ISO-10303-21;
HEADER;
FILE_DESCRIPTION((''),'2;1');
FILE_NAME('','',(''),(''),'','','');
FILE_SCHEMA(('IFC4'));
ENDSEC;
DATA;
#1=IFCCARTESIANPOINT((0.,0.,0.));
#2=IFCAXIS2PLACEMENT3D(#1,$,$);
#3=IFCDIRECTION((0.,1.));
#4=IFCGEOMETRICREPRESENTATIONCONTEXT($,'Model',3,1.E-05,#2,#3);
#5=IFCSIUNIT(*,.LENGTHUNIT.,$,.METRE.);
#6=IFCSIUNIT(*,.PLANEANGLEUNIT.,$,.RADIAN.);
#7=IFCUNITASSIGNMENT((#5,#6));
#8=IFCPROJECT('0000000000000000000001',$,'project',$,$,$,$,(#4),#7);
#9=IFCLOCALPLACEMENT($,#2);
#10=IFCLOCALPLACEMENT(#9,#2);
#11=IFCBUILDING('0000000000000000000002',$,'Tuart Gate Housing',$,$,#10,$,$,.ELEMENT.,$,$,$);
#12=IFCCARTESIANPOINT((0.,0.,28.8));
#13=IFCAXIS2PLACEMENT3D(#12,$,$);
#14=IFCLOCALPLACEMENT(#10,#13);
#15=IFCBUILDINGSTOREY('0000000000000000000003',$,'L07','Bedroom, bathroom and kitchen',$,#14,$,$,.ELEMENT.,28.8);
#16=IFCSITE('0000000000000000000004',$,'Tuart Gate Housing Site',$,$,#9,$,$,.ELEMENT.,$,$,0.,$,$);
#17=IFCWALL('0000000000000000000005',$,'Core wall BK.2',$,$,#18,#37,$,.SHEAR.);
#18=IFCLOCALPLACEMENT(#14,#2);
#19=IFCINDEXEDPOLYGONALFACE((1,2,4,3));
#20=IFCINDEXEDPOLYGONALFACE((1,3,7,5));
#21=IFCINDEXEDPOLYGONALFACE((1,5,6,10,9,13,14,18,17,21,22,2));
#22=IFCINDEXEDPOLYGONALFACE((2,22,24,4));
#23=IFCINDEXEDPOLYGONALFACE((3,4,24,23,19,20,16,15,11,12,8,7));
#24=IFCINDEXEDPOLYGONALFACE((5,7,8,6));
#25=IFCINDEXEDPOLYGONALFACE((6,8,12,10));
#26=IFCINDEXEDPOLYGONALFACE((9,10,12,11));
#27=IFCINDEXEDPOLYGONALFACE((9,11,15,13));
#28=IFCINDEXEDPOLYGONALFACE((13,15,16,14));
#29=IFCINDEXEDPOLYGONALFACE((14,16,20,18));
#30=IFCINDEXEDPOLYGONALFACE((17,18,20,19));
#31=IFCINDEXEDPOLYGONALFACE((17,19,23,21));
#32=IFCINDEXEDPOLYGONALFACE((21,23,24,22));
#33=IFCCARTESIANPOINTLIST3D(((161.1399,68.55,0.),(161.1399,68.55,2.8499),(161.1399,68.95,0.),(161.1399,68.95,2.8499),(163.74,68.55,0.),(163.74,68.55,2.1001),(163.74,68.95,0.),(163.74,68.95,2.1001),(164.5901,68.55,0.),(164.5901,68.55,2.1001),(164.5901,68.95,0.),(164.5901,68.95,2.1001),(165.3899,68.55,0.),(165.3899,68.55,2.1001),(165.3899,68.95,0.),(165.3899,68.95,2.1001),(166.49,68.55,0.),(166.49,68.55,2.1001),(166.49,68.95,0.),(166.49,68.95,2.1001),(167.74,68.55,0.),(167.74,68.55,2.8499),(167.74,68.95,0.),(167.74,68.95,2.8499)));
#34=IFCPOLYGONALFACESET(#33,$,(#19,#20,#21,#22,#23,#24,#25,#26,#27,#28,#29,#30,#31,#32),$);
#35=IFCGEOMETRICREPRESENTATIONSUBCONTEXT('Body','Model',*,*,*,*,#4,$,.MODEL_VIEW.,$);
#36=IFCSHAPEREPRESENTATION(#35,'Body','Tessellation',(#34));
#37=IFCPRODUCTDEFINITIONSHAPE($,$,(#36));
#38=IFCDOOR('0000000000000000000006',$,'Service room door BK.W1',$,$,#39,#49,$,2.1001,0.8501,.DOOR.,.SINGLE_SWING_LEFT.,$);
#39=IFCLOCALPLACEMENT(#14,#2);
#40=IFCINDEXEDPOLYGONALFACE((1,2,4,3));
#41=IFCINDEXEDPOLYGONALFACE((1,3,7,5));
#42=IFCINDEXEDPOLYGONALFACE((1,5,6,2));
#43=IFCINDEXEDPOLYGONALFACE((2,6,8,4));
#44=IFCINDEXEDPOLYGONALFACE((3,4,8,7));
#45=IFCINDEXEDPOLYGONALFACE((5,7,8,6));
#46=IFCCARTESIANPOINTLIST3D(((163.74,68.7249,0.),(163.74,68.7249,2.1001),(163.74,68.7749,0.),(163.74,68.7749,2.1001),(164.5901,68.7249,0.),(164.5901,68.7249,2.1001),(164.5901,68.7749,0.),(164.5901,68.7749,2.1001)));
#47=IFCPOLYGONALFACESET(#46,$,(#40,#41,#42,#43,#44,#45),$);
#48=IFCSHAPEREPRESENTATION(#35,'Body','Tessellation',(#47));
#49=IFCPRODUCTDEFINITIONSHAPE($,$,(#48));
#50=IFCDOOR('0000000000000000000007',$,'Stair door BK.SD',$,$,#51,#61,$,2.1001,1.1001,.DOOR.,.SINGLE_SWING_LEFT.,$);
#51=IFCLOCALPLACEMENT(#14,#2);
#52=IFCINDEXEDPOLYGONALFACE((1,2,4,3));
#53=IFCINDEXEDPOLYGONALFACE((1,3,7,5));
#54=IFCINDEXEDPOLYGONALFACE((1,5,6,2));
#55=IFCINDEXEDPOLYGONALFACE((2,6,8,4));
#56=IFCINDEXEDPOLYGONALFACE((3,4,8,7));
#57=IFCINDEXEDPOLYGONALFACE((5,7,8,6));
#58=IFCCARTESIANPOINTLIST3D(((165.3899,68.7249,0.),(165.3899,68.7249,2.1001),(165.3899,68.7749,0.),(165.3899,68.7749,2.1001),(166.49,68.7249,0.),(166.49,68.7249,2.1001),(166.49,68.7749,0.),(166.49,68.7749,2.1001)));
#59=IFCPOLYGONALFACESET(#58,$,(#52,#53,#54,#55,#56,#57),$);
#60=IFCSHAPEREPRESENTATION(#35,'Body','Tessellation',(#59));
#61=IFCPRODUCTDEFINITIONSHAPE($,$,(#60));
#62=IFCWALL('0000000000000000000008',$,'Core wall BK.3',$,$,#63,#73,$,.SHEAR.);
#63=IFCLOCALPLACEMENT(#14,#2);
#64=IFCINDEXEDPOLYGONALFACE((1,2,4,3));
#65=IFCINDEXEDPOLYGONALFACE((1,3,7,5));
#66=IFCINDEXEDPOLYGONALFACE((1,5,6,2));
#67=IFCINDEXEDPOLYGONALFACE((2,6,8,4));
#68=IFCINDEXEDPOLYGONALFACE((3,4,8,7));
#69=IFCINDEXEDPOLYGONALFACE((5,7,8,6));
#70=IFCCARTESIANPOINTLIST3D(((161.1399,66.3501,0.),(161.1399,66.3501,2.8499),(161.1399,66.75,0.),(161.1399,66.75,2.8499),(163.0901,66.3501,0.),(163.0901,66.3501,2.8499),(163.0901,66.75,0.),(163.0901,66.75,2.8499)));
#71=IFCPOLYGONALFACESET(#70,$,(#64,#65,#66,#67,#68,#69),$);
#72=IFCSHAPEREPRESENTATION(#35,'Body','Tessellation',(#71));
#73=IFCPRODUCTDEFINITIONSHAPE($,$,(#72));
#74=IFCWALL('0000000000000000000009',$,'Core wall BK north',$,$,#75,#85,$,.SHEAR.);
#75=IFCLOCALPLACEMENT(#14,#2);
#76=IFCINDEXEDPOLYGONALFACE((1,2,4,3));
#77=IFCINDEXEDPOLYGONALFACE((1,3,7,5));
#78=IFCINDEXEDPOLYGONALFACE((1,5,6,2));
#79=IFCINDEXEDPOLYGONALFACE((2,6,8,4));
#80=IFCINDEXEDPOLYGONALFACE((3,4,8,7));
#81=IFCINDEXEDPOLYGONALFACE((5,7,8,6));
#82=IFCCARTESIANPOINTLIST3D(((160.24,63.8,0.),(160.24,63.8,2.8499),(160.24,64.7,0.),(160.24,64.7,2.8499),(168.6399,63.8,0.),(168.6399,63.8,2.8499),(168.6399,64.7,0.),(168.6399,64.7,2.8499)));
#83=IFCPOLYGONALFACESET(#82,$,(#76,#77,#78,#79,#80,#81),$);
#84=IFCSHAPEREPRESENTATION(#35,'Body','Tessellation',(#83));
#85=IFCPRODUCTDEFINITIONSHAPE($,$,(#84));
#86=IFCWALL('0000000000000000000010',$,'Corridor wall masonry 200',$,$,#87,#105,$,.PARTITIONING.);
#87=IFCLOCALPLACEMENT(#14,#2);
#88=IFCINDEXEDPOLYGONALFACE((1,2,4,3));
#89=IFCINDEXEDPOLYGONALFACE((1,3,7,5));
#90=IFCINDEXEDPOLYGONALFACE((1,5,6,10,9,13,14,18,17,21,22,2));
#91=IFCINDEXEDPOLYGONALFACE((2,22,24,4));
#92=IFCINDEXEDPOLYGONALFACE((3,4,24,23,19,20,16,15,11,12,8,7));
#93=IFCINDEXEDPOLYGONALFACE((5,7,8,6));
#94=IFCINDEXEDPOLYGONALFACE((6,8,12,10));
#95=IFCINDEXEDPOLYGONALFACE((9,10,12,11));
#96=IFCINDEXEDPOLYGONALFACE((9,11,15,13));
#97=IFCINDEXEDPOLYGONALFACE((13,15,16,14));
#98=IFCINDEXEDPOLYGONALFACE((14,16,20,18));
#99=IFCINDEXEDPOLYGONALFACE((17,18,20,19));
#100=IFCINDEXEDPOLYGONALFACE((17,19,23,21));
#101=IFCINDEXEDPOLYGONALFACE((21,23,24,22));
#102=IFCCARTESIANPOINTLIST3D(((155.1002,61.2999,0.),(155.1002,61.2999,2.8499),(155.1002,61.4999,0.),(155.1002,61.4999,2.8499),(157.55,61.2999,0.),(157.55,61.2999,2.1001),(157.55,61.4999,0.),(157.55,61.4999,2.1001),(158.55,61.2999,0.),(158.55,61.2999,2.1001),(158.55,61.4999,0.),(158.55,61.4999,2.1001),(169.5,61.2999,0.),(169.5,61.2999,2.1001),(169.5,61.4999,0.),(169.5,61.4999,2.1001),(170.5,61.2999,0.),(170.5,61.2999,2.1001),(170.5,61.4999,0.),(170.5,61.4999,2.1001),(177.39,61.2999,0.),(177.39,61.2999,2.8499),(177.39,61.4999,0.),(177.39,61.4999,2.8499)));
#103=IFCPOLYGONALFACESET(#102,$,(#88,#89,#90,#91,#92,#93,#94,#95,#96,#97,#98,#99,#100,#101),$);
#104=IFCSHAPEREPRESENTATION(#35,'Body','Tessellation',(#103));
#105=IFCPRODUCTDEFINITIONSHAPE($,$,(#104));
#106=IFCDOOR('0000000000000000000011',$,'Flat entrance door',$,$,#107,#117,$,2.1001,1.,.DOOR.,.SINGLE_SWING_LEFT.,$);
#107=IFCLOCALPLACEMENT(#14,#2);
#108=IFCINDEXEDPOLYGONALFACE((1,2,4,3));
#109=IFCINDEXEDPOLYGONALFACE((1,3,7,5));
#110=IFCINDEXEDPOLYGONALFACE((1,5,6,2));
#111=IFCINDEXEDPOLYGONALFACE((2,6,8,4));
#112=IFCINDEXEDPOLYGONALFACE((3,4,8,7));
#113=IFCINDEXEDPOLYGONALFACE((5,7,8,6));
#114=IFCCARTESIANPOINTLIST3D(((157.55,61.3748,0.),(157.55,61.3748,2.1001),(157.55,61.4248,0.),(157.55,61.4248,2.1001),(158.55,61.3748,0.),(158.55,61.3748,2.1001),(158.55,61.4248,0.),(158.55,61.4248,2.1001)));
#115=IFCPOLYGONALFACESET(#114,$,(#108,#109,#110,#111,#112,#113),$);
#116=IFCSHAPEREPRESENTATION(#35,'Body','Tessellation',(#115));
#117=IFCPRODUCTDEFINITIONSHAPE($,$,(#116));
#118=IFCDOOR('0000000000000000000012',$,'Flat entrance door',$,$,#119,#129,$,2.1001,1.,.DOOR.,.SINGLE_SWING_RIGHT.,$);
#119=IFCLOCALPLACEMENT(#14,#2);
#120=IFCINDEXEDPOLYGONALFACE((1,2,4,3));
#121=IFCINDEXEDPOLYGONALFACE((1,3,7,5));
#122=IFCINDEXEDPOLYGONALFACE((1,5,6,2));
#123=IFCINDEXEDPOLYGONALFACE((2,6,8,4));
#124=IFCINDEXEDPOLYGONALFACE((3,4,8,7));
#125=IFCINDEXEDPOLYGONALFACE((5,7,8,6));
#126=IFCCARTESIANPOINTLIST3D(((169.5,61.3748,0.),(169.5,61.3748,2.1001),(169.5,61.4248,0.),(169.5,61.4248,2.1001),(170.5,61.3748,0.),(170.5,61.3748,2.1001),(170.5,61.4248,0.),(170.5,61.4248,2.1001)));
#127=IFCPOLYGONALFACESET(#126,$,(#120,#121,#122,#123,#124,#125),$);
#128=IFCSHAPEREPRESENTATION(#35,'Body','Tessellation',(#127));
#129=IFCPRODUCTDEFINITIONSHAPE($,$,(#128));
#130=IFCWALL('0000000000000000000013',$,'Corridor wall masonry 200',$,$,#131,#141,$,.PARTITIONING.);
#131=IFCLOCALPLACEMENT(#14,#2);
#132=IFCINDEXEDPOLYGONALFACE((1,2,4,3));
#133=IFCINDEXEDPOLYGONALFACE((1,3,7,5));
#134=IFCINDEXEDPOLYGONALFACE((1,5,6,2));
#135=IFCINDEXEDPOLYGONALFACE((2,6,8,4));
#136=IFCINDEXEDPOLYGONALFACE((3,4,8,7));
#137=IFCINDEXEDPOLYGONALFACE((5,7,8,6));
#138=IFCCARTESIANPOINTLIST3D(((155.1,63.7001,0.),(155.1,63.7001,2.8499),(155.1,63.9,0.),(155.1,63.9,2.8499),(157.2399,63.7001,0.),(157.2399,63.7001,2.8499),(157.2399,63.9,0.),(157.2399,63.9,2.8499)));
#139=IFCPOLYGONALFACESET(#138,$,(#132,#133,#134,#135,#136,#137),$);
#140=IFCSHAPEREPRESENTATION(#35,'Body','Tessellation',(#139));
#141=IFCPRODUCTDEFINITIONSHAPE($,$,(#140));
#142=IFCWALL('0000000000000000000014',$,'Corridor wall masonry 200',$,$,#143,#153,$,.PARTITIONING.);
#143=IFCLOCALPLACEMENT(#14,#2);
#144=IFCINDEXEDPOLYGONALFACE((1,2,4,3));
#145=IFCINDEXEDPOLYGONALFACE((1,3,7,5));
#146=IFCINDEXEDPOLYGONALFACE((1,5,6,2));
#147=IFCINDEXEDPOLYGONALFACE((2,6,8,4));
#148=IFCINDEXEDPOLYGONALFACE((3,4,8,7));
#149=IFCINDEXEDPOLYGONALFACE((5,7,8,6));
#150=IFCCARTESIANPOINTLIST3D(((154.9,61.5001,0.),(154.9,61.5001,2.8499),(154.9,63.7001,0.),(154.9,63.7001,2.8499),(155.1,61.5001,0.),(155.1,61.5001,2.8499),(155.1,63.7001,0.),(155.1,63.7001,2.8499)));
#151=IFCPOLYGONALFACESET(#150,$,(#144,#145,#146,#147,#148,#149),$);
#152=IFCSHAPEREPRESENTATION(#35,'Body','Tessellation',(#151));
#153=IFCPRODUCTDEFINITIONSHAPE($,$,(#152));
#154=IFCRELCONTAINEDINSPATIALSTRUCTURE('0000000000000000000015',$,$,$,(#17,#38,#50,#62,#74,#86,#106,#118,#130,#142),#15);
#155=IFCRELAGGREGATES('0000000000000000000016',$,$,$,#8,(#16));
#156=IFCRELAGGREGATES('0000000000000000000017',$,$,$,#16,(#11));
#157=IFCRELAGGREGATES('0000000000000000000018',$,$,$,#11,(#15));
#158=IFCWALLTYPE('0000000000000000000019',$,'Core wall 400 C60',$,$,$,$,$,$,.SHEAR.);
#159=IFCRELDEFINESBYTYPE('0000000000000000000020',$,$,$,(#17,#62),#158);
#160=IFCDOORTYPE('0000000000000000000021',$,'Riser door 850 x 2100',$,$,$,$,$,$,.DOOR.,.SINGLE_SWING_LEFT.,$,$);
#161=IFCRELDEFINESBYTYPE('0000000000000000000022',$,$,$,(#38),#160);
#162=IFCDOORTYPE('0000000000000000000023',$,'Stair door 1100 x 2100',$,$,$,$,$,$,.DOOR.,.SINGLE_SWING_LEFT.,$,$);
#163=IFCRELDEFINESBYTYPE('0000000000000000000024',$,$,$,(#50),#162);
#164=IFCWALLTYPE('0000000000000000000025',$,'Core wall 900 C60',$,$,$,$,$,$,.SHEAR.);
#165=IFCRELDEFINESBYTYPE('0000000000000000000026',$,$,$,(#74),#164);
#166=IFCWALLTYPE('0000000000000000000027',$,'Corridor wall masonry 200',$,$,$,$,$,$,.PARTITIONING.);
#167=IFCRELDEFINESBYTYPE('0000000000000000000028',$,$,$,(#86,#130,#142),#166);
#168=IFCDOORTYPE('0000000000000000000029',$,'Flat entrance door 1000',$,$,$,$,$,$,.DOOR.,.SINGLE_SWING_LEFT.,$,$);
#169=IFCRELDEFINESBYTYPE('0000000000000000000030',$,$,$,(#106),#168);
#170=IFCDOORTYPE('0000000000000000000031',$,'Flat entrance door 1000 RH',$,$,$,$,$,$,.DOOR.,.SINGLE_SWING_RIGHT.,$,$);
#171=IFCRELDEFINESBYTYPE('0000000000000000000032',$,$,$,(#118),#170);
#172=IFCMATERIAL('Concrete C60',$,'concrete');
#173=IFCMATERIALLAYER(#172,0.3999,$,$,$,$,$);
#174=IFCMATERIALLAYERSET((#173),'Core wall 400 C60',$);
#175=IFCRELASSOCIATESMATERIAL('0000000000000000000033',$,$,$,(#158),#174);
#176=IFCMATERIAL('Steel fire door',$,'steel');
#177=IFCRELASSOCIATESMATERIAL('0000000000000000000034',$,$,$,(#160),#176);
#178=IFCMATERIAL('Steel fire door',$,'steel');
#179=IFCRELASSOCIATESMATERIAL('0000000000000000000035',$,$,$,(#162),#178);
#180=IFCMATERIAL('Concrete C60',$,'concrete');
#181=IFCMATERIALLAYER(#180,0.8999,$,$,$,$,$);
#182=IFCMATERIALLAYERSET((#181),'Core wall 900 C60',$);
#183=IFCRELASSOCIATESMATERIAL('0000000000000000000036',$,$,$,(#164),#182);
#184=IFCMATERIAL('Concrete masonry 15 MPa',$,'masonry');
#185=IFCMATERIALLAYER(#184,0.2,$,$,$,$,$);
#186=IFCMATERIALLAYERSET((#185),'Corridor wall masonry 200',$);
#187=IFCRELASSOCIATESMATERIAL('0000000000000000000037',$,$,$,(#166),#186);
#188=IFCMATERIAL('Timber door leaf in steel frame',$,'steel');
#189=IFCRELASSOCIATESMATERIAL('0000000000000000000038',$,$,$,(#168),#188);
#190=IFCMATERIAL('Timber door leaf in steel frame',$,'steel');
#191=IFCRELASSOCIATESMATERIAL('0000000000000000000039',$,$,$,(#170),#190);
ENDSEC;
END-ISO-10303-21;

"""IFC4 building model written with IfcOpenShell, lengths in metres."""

from ifc_helpers import new_model, si_unit, direction, frame, frame_2d, origin, place, context, subcontext, project, spatial, rectangle, extrude, material, layer, layer_set, type_object, element, fill, save


model = new_model("IFC4")

# Units and contexts
model_context = context("Model", 3, precision=1e-05, world=origin(), true_north=direction((0.0, 1.0)))
body_context = subcontext(model_context, "Body", "Model", "MODEL_VIEW")
ifc_project = project(units=[si_unit("LENGTHUNIT", "METRE"), si_unit("PLANEANGLEUNIT", "RADIAN")], contexts=[model_context])

# Site, building, storey
site_placement = place(None, origin())
site = spatial("IfcSite", under=ifc_project, at=site_placement, Name="Tuart Gate Housing Site", CompositionType="ELEMENT", RefElevation=0.0)
building_placement = place(site_placement, origin())
building = spatial("IfcBuilding", under=site, at=building_placement, Name="Tuart Gate Housing", CompositionType="ELEMENT")
storey_placement = place(building_placement, frame((0.0, 0.0, 28.8)))
storey = spatial("IfcBuildingStorey", under=building, at=storey_placement, Name="L07", Description="Bedroom, bathroom and kitchen", CompositionType="ELEMENT", Elevation=28.8)

# Wall, openings, doors
ifc_material_1 = material(Name="Concrete C60", Category="concrete")
ifc_layer_1 = layer(ifc_material_1, 0.3999)
ifc_layer_set_1 = layer_set([ifc_layer_1], Name="Core wall 400 C60")
wall_type_1 = type_object("IfcWallType", Name="Core wall 400 C60", PredefinedType="SHEAR", material=ifc_layer_set_1)
wall_1_placement = place(storey_placement, frame((161.1399, 68.75, 0.0), z_axis=(0.0, 0.0, 1.0), x_axis=(1.0, 0.0, 0.0)))
wall_1 = element("IfcWall", 1, at=wall_1_placement, inside=storey, type_object=wall_type_1, Name="Core wall BK.2", PredefinedType="SHEAR", context=body_context, shape_type="SweptSolid", body=[
    extrude(rectangle(XDim=6.6001, YDim=0.3999, at=frame_2d((3.3, 0.0))), origin(), (0.0, 0.0, 1.0), 2.8499),
])
opening_1_placement = place(wall_1_placement, frame((4.25, 0.0, 0.0)))
opening_1 = element("IfcOpeningElement", 2, at=opening_1_placement, cuts=wall_1, PredefinedType="OPENING", context=body_context, shape_type="SweptSolid", body=[
    extrude(rectangle(XDim=1.1001, YDim=2.1001, at=frame_2d((0.55, 1.05))), frame((0.0, 0.21, 0.0), z_axis=(0.0, -1.0, 0.0), x_axis=(1.0, 0.0, 0.0)), (0.0, 0.0, 1.0), 0.4199),
])
opening_2_placement = place(wall_1_placement, frame((2.6001, 0.0, 0.0)))
opening_2 = element("IfcOpeningElement", 3, at=opening_2_placement, cuts=wall_1, PredefinedType="OPENING", context=body_context, shape_type="SweptSolid", body=[
    extrude(rectangle(XDim=0.8501, YDim=2.1001, at=frame_2d((0.425, 1.05))), frame((0.0, 0.21, 0.0), z_axis=(0.0, -1.0, 0.0), x_axis=(1.0, 0.0, 0.0)), (0.0, 0.0, 1.0), 0.4199),
])
ifc_material_2 = material(Name="Steel fire door", Category="steel")
door_type_1 = type_object("IfcDoorType", Name="Riser door 850 x 2100", OperationType="SINGLE_SWING_LEFT", PredefinedType="DOOR", material=ifc_material_2)
door_1_placement = place(opening_2_placement, origin())
door_1 = element("IfcDoor", 4, at=door_1_placement, inside=storey, type_object=door_type_1, Name="Service room door BK.W1", OperationType="SINGLE_SWING_LEFT", OverallHeight=2.1001, OverallWidth=0.8501, PredefinedType="DOOR", context=body_context, shape_type="SweptSolid", body=[
    extrude(rectangle(XDim=0.8501, YDim=2.1001, at=frame_2d((0.425, 1.05))), frame((0.0, 0.0249, 0.0), z_axis=(0.0, -1.0, 0.0), x_axis=(1.0, 0.0, 0.0)), (0.0, 0.0, 1.0), 0.05),
])
fill(opening_2, door_1)
ifc_material_3 = material(Name="Steel fire door", Category="steel")
door_type_2 = type_object("IfcDoorType", Name="Stair door 1100 x 2100", OperationType="SINGLE_SWING_LEFT", PredefinedType="DOOR", material=ifc_material_3)
door_2_placement = place(opening_1_placement, origin())
door_2 = element("IfcDoor", 5, at=door_2_placement, inside=storey, type_object=door_type_2, Name="Stair door BK.SD", OperationType="SINGLE_SWING_LEFT", OverallHeight=2.1001, OverallWidth=1.1001, PredefinedType="DOOR", context=body_context, shape_type="SweptSolid", body=[
    extrude(rectangle(XDim=1.1001, YDim=2.1001, at=frame_2d((0.55, 1.05))), frame((0.0, 0.0249, 0.0), z_axis=(0.0, -1.0, 0.0), x_axis=(1.0, 0.0, 0.0)), (0.0, 0.0, 1.0), 0.05),
])
fill(opening_1, door_2)

# Walls
wall_2_placement = place(storey_placement, frame((161.1399, 66.55, 0.0), z_axis=(0.0, 0.0, 1.0), x_axis=(1.0, 0.0, 0.0)))
element("IfcWall", 6, at=wall_2_placement, inside=storey, type_object=wall_type_1, Name="Core wall BK.3", PredefinedType="SHEAR", context=body_context, shape_type="SweptSolid", body=[
    extrude(rectangle(XDim=1.9502, YDim=0.3999, at=frame_2d((0.9751, 0.0))), origin(), (0.0, 0.0, 1.0), 2.8499),
])
ifc_material_4 = material(Name="Concrete C60", Category="concrete")
ifc_layer_2 = layer(ifc_material_4, 0.8999)
ifc_layer_set_2 = layer_set([ifc_layer_2], Name="Core wall 900 C60")
wall_type_2 = type_object("IfcWallType", Name="Core wall 900 C60", PredefinedType="SHEAR", material=ifc_layer_set_2)
wall_3_placement = place(storey_placement, frame((160.24, 64.25, 0.0), z_axis=(0.0, 0.0, 1.0), x_axis=(1.0, 0.0, 0.0)))
element("IfcWall", 7, at=wall_3_placement, inside=storey, type_object=wall_type_2, Name="Core wall BK north", PredefinedType="SHEAR", context=body_context, shape_type="SweptSolid", body=[
    extrude(rectangle(XDim=8.3999, YDim=0.8999, at=frame_2d((4.2, 0.0))), origin(), (0.0, 0.0, 1.0), 2.8499),
])

# Wall, openings, doors
ifc_material_5 = material(Name="Concrete masonry 15 MPa", Category="masonry")
ifc_layer_3 = layer(ifc_material_5, 0.2)
ifc_layer_set_3 = layer_set([ifc_layer_3], Name="Corridor wall masonry 200")
wall_type_3 = type_object("IfcWallType", Name="Corridor wall masonry 200", PredefinedType="PARTITIONING", material=ifc_layer_set_3)
wall_4_placement = place(storey_placement, frame((155.1001, 61.3999, 0.0), z_axis=(0.0, 0.0, 1.0), x_axis=(1.0, 0.0, 0.0)))
wall_4 = element("IfcWall", 8, at=wall_4_placement, inside=storey, type_object=wall_type_3, Name="Corridor wall masonry 200", PredefinedType="PARTITIONING", context=body_context, shape_type="SweptSolid", body=[
    extrude(rectangle(XDim=22.2898, YDim=0.2, at=frame_2d((11.145, 0.0))), origin(), (0.0, 0.0, 1.0), 2.8499),
])
opening_3_placement = place(wall_4_placement, frame((2.45, 0.0, 0.0)))
opening_3 = element("IfcOpeningElement", 9, at=opening_3_placement, cuts=wall_4, PredefinedType="OPENING", context=body_context, shape_type="SweptSolid", body=[
    extrude(rectangle(XDim=1.0, YDim=2.1001, at=frame_2d((0.5, 1.05))), frame((0.0, 0.1099, 0.0), z_axis=(0.0, -1.0, 0.0), x_axis=(1.0, 0.0, 0.0)), (0.0, 0.0, 1.0), 0.22),
])
opening_4_placement = place(wall_4_placement, frame((14.3999, 0.0, 0.0)))
opening_4 = element("IfcOpeningElement", 10, at=opening_4_placement, cuts=wall_4, PredefinedType="OPENING", context=body_context, shape_type="SweptSolid", body=[
    extrude(rectangle(XDim=1.0, YDim=2.1001, at=frame_2d((0.5, 1.05))), frame((0.0, 0.1099, 0.0), z_axis=(0.0, -1.0, 0.0), x_axis=(1.0, 0.0, 0.0)), (0.0, 0.0, 1.0), 0.22),
])
ifc_material_6 = material(Name="Timber door leaf in steel frame", Category="steel")
door_type_3 = type_object("IfcDoorType", Name="Flat entrance door 1000", OperationType="SINGLE_SWING_LEFT", PredefinedType="DOOR", material=ifc_material_6)
door_3_placement = place(opening_3_placement, frame((1.0, 0.0, 0.0), z_axis=(0.0, 0.0, 1.0), x_axis=(-1.0, 0.0, 0.0)))
door_3 = element("IfcDoor", 11, at=door_3_placement, inside=storey, type_object=door_type_3, Name="Flat entrance door", OperationType="SINGLE_SWING_LEFT", OverallHeight=2.1001, OverallWidth=1.0, PredefinedType="DOOR", context=body_context, shape_type="SweptSolid", body=[
    extrude(rectangle(XDim=1.0, YDim=2.1001, at=frame_2d((0.5, 1.05))), frame((0.0, 0.0251, 0.0), z_axis=(0.0, -1.0, 0.0), x_axis=(1.0, 0.0, 0.0)), (0.0, 0.0, 1.0), 0.05),
])
fill(opening_3, door_3)
ifc_material_7 = material(Name="Timber door leaf in steel frame", Category="steel")
door_type_4 = type_object("IfcDoorType", Name="Flat entrance door 1000 RH", OperationType="SINGLE_SWING_RIGHT", PredefinedType="DOOR", material=ifc_material_7)
door_4_placement = place(opening_4_placement, frame((1.0, 0.0, 0.0), z_axis=(0.0, 0.0, 1.0), x_axis=(-1.0, 0.0, 0.0)))
door_4 = element("IfcDoor", 12, at=door_4_placement, inside=storey, type_object=door_type_4, Name="Flat entrance door", OperationType="SINGLE_SWING_RIGHT", OverallHeight=2.1001, OverallWidth=1.0, PredefinedType="DOOR", context=body_context, shape_type="SweptSolid", body=[
    extrude(rectangle(XDim=1.0, YDim=2.1001, at=frame_2d((0.5, 1.05))), frame((0.0, 0.0251, 0.0), z_axis=(0.0, -1.0, 0.0), x_axis=(1.0, 0.0, 0.0)), (0.0, 0.0, 1.0), 0.05),
])
fill(opening_4, door_4)

# Walls
wall_5_placement = place(storey_placement, frame((155.1001, 63.8, 0.0), z_axis=(0.0, 0.0, 1.0), x_axis=(1.0, 0.0, 0.0)))
element("IfcWall", 13, at=wall_5_placement, inside=storey, type_object=wall_type_3, Name="Corridor wall masonry 200", PredefinedType="PARTITIONING", context=body_context, shape_type="SweptSolid", body=[
    extrude(rectangle(XDim=2.1399, YDim=0.2, at=frame_2d((1.0698, 0.0))), origin(), (0.0, 0.0, 1.0), 2.8499),
])
wall_6_placement = place(storey_placement, frame((155.0, 61.5, 0.0), z_axis=(0.0, 0.0, 1.0), x_axis=(0.0, 1.0, 0.0)))
element("IfcWall", 14, at=wall_6_placement, inside=storey, type_object=wall_type_3, Name="Corridor wall masonry 200", PredefinedType="PARTITIONING", context=body_context, shape_type="SweptSolid", body=[
    extrude(rectangle(XDim=2.2, YDim=0.2, at=frame_2d((1.1001, 0.0))), origin(), (0.0, 0.0, 1.0), 2.8499),
])

save(model, "model.ifc")
